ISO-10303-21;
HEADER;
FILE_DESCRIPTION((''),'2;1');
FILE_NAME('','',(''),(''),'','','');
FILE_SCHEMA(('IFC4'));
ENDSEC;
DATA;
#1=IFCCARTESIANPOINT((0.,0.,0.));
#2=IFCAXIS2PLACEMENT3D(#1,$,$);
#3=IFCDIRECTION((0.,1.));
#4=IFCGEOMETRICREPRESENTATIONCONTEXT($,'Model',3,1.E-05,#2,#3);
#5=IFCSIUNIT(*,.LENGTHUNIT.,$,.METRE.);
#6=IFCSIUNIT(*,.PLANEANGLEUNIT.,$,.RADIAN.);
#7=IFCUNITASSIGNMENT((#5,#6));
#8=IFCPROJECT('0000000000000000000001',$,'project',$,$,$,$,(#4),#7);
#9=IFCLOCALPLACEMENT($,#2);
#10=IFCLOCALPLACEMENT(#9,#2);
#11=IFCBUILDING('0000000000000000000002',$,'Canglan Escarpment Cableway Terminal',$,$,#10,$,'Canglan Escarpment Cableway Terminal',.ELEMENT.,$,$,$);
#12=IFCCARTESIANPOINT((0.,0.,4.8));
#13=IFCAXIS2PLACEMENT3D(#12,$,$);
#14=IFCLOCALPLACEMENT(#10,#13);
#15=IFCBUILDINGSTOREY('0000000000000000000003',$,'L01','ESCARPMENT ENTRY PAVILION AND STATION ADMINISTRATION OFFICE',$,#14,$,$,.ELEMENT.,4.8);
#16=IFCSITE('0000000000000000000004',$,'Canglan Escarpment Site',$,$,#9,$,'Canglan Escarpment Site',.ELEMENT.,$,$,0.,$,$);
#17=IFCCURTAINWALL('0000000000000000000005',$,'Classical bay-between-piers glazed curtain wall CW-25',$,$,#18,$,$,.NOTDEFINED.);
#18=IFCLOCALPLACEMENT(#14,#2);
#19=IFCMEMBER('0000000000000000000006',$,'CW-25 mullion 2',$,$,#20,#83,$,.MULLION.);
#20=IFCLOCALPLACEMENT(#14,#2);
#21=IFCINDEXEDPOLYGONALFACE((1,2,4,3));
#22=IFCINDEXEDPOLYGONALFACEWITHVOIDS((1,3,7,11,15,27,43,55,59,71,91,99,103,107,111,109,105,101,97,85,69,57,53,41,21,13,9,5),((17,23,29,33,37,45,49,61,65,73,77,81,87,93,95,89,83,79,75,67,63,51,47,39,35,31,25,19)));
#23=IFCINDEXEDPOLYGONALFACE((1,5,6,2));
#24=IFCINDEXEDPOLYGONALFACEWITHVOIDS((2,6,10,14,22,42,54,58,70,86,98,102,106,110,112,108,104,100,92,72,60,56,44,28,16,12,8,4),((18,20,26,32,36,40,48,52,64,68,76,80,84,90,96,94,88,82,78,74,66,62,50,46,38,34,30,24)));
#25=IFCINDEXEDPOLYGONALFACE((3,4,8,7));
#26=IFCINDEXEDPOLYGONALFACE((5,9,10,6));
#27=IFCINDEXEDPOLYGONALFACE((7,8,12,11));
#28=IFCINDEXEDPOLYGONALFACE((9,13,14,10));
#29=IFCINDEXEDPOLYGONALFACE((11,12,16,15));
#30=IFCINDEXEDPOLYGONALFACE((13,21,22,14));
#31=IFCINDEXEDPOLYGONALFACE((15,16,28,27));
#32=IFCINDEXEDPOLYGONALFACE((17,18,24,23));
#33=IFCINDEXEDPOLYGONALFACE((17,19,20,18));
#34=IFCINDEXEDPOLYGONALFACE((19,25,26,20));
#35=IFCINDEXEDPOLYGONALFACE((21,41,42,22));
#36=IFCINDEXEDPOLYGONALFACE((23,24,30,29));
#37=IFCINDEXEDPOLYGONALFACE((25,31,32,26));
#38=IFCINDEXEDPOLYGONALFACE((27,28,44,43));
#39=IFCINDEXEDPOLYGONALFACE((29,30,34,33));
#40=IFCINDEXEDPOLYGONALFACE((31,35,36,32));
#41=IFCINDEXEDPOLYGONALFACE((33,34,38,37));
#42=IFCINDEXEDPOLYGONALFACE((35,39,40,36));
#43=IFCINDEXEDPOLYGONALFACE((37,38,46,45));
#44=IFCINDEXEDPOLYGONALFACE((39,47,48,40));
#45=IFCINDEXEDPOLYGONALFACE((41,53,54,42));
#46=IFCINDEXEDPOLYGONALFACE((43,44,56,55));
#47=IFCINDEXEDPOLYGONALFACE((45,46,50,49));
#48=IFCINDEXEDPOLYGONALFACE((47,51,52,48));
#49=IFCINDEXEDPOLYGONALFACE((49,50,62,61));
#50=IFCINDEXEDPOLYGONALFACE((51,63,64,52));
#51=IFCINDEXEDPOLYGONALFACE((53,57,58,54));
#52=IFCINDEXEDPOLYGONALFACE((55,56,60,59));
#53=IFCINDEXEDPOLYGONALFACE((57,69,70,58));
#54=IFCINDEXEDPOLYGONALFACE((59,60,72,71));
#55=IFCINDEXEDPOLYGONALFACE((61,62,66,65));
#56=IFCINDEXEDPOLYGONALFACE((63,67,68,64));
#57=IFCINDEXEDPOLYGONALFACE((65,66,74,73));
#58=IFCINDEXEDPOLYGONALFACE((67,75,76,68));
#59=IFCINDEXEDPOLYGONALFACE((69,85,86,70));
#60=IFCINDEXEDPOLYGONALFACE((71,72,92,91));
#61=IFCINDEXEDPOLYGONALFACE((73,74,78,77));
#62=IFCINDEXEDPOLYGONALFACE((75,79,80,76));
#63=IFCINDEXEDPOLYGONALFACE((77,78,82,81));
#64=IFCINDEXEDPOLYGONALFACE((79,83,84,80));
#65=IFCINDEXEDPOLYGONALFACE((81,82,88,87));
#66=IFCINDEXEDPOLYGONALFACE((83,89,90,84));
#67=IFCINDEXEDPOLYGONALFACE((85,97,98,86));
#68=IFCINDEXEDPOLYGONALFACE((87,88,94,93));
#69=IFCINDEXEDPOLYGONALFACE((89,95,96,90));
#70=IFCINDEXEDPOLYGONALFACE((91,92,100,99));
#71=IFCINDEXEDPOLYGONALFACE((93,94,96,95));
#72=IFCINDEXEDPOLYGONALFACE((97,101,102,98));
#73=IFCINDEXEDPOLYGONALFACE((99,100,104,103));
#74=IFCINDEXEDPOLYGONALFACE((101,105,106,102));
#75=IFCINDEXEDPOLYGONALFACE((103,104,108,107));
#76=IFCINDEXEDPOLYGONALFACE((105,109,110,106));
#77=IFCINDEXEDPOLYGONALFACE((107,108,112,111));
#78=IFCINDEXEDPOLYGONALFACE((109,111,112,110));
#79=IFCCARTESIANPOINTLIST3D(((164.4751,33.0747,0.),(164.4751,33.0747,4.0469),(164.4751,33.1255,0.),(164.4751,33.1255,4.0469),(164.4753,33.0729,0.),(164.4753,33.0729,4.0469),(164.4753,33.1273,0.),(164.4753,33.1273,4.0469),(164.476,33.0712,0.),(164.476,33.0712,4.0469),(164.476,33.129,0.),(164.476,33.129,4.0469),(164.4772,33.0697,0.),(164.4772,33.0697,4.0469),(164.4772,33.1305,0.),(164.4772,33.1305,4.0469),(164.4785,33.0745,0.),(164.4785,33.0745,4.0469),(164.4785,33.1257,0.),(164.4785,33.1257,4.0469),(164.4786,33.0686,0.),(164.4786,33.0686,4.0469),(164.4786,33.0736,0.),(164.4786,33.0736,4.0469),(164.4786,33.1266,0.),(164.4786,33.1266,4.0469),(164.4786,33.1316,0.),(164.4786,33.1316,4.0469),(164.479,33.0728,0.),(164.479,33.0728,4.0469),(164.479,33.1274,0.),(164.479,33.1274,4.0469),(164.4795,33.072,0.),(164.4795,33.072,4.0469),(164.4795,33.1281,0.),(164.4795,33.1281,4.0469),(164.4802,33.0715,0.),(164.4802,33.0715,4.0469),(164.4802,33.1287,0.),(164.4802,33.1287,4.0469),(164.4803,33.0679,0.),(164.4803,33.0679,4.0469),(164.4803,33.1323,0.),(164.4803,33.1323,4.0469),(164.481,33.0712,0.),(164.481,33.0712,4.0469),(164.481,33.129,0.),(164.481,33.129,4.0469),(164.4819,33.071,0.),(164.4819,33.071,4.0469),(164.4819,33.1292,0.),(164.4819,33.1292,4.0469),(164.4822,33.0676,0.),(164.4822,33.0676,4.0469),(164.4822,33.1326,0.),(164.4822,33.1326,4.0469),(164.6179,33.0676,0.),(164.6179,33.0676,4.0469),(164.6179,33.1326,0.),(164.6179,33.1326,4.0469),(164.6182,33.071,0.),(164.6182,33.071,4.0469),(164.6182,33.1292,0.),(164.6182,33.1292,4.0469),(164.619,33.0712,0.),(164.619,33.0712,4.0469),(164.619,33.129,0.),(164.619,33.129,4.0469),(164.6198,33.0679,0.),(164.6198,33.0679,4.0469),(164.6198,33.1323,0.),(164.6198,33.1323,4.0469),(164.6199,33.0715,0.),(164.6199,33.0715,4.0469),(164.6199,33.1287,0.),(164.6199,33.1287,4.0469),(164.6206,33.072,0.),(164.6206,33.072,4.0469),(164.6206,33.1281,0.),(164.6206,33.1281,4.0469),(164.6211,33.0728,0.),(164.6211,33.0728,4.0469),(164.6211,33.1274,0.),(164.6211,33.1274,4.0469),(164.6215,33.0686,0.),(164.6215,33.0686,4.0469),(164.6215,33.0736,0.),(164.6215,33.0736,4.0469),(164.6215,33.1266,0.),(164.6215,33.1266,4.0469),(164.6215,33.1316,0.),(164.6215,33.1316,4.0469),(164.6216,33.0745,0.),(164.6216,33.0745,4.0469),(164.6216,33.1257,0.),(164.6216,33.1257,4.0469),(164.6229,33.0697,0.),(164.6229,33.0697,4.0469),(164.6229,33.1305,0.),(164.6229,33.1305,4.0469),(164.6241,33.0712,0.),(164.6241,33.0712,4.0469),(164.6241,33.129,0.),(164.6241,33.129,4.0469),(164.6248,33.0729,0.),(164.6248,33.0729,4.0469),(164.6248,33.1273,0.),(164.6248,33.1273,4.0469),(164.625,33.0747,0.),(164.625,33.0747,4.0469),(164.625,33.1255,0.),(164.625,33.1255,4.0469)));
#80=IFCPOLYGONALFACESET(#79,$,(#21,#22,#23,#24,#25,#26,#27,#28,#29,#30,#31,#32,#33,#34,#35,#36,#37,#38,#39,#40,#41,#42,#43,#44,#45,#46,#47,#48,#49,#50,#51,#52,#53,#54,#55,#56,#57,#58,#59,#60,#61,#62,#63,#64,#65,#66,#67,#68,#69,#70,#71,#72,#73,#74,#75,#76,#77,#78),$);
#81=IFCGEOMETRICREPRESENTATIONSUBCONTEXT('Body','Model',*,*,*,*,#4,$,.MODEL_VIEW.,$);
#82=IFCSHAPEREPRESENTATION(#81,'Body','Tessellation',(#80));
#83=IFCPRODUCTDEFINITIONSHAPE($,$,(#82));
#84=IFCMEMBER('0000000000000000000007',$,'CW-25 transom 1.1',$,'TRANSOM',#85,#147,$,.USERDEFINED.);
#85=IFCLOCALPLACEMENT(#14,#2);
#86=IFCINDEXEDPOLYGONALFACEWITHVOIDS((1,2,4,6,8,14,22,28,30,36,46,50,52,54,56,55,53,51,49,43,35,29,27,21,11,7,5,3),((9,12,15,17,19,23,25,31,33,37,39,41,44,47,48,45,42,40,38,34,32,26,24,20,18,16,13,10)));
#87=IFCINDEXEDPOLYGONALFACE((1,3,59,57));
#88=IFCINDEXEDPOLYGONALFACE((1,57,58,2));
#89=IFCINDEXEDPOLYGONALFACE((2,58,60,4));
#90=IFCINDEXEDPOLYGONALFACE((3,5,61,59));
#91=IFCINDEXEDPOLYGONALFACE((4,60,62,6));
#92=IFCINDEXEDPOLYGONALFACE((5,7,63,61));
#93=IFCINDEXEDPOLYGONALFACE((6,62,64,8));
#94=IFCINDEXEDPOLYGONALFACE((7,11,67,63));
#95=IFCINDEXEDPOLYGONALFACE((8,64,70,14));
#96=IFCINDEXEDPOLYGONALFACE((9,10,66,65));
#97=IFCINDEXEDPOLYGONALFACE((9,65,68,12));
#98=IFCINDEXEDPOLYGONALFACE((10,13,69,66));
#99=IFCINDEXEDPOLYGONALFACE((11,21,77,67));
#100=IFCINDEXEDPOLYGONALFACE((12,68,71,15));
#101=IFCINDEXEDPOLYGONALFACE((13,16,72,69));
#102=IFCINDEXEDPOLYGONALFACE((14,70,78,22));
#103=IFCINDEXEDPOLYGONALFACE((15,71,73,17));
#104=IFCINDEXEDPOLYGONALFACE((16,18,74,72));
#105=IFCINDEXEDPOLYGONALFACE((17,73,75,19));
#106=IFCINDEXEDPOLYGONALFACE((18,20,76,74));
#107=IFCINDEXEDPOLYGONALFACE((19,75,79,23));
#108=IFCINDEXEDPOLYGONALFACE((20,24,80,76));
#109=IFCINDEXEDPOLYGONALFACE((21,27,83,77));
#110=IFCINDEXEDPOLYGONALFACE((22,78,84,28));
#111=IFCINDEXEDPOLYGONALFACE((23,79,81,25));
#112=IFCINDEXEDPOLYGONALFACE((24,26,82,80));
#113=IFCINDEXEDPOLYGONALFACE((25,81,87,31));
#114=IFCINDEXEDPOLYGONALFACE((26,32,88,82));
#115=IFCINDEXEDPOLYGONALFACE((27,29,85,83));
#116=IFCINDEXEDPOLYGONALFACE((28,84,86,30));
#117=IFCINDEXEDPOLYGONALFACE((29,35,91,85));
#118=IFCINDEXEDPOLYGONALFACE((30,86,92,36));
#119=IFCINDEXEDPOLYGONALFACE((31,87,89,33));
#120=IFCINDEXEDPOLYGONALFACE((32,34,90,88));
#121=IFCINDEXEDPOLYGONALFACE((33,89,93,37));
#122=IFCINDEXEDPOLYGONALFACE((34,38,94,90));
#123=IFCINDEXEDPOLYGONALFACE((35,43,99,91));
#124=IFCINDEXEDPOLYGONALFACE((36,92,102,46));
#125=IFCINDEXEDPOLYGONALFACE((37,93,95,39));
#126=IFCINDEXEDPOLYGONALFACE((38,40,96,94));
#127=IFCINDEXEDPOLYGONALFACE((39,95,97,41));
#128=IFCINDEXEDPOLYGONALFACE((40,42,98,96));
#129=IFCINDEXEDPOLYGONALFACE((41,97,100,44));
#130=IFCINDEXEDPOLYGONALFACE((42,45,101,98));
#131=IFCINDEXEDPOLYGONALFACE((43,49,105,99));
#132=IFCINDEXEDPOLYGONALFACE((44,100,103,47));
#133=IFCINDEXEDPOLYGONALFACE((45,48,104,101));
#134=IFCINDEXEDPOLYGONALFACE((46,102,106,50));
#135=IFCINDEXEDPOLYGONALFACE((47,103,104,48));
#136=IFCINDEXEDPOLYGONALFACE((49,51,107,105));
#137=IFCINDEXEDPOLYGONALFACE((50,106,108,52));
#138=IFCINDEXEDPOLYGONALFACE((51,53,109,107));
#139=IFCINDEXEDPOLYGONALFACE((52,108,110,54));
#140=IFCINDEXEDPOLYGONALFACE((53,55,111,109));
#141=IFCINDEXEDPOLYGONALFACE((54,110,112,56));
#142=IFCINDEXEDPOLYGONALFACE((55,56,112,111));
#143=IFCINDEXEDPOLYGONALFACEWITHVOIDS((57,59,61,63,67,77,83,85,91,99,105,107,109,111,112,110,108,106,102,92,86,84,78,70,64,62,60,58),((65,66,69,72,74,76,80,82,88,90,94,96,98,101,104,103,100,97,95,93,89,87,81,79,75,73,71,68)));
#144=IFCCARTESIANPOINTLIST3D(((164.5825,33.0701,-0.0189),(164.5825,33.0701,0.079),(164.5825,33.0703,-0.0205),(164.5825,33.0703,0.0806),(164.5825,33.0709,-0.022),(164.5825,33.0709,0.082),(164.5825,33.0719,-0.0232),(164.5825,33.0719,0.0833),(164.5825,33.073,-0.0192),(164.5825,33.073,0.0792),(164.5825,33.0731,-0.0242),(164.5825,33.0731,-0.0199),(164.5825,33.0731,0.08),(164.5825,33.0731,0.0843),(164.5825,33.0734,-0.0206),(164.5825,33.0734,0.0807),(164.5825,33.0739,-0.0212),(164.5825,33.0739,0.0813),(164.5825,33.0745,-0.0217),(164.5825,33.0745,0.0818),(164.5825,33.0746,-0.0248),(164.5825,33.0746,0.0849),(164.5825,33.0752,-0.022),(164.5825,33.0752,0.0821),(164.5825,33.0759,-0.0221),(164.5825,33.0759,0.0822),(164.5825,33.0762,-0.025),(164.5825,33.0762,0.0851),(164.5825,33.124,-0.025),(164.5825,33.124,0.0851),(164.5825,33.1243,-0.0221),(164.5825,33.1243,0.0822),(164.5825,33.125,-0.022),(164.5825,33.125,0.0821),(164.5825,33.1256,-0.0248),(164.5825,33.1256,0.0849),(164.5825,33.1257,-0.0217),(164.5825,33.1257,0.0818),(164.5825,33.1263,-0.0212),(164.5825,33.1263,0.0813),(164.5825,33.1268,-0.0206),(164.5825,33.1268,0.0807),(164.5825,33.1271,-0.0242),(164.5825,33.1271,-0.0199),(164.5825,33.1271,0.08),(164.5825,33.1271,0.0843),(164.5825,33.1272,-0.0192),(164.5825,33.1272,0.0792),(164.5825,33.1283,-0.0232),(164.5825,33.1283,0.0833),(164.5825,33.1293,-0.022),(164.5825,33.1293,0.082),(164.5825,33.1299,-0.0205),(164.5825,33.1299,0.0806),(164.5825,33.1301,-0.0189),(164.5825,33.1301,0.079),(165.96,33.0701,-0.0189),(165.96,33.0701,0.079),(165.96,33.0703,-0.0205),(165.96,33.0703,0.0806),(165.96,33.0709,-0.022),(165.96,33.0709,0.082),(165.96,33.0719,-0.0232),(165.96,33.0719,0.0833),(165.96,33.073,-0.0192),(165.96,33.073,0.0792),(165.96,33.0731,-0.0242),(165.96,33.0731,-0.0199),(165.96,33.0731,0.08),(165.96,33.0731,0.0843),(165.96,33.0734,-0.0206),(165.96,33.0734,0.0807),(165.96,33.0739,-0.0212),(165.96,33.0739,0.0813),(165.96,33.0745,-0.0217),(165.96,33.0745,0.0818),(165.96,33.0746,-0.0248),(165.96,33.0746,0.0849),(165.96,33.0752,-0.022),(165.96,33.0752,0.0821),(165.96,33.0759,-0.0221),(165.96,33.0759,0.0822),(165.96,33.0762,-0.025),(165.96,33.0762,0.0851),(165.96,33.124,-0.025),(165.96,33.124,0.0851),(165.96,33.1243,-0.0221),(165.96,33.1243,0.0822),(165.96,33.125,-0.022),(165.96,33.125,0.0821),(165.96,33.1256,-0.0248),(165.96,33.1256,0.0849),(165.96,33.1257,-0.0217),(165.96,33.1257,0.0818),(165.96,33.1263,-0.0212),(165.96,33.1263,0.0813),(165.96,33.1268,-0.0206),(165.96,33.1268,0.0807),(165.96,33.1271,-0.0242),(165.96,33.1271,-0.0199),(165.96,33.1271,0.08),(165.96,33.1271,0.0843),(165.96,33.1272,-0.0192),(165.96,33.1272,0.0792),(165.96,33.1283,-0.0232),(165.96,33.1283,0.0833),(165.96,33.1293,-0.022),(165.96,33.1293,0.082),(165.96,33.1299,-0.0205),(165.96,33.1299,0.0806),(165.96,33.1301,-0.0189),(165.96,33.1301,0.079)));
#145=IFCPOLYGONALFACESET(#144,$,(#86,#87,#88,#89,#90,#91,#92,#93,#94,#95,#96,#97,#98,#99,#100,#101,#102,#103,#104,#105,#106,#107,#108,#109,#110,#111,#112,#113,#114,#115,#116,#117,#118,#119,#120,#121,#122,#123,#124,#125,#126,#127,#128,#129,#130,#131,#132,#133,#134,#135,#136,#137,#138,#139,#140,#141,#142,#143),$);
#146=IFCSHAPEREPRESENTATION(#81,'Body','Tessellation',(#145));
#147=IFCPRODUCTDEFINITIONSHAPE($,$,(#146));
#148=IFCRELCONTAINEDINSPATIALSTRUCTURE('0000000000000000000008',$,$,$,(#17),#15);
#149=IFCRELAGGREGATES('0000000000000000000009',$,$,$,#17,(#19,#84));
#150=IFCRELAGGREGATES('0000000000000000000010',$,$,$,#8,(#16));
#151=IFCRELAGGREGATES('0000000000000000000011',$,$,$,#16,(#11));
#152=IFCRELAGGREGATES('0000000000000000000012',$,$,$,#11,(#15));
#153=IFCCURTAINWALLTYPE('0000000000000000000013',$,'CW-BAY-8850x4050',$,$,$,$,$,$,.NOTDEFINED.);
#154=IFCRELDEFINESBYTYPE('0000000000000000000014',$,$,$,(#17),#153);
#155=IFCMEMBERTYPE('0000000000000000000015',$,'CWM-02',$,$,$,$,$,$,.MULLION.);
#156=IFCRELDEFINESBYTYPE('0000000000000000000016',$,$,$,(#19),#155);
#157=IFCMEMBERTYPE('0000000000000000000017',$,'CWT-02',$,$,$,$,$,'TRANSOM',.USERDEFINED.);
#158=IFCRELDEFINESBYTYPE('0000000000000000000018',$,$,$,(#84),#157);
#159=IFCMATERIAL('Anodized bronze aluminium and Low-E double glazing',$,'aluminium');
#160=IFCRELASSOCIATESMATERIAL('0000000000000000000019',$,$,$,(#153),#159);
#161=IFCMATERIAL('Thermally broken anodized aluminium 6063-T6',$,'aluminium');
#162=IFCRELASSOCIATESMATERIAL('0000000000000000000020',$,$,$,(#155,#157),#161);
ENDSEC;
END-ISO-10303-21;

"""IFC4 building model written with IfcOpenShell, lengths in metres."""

from ifc_helpers import new_model, si_unit, direction, frame, origin, origin_2d, place, context, subcontext, project, spatial, hollow_rectangle, extrude, material, material_profile, profile_set, type_object, element, aggregate, save


model = new_model("IFC4")

# Units and contexts
model_context = context("Model", 3, precision=1e-05, world=origin(), true_north=direction((0.0, 1.0)))
body_context = subcontext(model_context, "Body", "Model", "MODEL_VIEW")
ifc_project = project(units=[si_unit("LENGTHUNIT", "METRE"), si_unit("PLANEANGLEUNIT", "RADIAN")], contexts=[model_context])

# Site, building, storey
site_placement = place(None, origin())
site = spatial("IfcSite", under=ifc_project, at=site_placement, Name="Canglan Escarpment Site", LongName="Canglan Escarpment Site", CompositionType="ELEMENT", RefElevation=0.0)
building_placement = place(site_placement, origin())
building = spatial("IfcBuilding", under=site, at=building_placement, Name="Canglan Escarpment Cableway Terminal", LongName="Canglan Escarpment Cableway Terminal", CompositionType="ELEMENT")
storey_placement = place(building_placement, frame((0.0, 0.0, 4.8)))
storey = spatial("IfcBuildingStorey", under=building, at=storey_placement, Name="L01", Description="ESCARPMENT ENTRY PAVILION AND STATION ADMINISTRATION OFFICE", CompositionType="ELEMENT", Elevation=4.8)

# Curtain wall, members
ifc_material_1 = material(Name="Anodized bronze aluminium and Low-E double glazing", Category="aluminium")
curtain_wall_type = type_object("IfcCurtainWallType", Name="CW-BAY-8850x4050", PredefinedType="NOTDEFINED", material=ifc_material_1)
curtain_wall_placement = place(storey_placement, origin())
curtain_wall = element("IfcCurtainWall", 1, at=curtain_wall_placement, inside=storey, type_object=curtain_wall_type, Name="Classical bay-between-piers glazed curtain wall CW-25", PredefinedType="NOTDEFINED")
ifc_material_2 = material(Name="Thermally broken anodized aluminium 6063-T6", Category="aluminium")
ifc_material_profile_1 = material_profile(ifc_material_2, hollow_rectangle(XDim=0.0649, YDim=0.1499, WallThickness=0.0034, InnerFilletRadius=0.0034, OuterFilletRadius=0.0071, at=origin_2d()), Name="ALU-MULL 65x150x3.5")
ifc_profile_set_1 = profile_set([ifc_material_profile_1], Name="Thermally broken anodized aluminium 6063-T6")
member_type_1 = type_object("IfcMemberType", Name="CWM-02", PredefinedType="MULLION", material=ifc_profile_set_1)
member_1_placement = place(storey_placement, frame((164.55, 33.1001, 0.0), z_axis=(0.0, 0.0, 1.0), x_axis=(0.0, -1.0, 0.0)))
member_1 = element("IfcMember", 2, at=member_1_placement, type_object=member_type_1, Name="CW-25 mullion 2", PredefinedType="MULLION", context=body_context, shape_type="SweptSolid", body=[
    extrude(hollow_rectangle(XDim=0.0649, YDim=0.1499, WallThickness=0.0034, InnerFilletRadius=0.0034, OuterFilletRadius=0.0071, at=origin_2d()), origin(), (0.0, 0.0, 1.0), 4.0469),
])
ifc_material_profile_2 = material_profile(ifc_material_2, hollow_rectangle(XDim=0.0601, YDim=0.1101, WallThickness=0.0029, InnerFilletRadius=0.0029, OuterFilletRadius=0.0061, at=origin_2d()), Name="ALU-TRAN 60x110x3")
ifc_profile_set_2 = profile_set([ifc_material_profile_2], Name="Thermally broken anodized aluminium 6063-T6")
member_type_2 = type_object("IfcMemberType", Name="CWT-02", ElementType="TRANSOM", PredefinedType="USERDEFINED", material=ifc_profile_set_2)
member_2_placement = place(storey_placement, frame((165.96, 33.1001, 0.03), z_axis=(-1.0, 0.0, 0.0), x_axis=(0.0, -1.0, 0.0)))
member_2 = element("IfcMember", 3, at=member_2_placement, type_object=member_type_2, Name="CW-25 transom 1.1", ObjectType="TRANSOM", PredefinedType="USERDEFINED", context=body_context, shape_type="SweptSolid", body=[
    extrude(hollow_rectangle(XDim=0.0601, YDim=0.1101, WallThickness=0.0029, InnerFilletRadius=0.0029, OuterFilletRadius=0.0061, at=origin_2d()), origin(), (0.0, 0.0, 1.0), 1.3774),
])

aggregate(curtain_wall, [member_1, member_2])

save(model, "model.ifc")
